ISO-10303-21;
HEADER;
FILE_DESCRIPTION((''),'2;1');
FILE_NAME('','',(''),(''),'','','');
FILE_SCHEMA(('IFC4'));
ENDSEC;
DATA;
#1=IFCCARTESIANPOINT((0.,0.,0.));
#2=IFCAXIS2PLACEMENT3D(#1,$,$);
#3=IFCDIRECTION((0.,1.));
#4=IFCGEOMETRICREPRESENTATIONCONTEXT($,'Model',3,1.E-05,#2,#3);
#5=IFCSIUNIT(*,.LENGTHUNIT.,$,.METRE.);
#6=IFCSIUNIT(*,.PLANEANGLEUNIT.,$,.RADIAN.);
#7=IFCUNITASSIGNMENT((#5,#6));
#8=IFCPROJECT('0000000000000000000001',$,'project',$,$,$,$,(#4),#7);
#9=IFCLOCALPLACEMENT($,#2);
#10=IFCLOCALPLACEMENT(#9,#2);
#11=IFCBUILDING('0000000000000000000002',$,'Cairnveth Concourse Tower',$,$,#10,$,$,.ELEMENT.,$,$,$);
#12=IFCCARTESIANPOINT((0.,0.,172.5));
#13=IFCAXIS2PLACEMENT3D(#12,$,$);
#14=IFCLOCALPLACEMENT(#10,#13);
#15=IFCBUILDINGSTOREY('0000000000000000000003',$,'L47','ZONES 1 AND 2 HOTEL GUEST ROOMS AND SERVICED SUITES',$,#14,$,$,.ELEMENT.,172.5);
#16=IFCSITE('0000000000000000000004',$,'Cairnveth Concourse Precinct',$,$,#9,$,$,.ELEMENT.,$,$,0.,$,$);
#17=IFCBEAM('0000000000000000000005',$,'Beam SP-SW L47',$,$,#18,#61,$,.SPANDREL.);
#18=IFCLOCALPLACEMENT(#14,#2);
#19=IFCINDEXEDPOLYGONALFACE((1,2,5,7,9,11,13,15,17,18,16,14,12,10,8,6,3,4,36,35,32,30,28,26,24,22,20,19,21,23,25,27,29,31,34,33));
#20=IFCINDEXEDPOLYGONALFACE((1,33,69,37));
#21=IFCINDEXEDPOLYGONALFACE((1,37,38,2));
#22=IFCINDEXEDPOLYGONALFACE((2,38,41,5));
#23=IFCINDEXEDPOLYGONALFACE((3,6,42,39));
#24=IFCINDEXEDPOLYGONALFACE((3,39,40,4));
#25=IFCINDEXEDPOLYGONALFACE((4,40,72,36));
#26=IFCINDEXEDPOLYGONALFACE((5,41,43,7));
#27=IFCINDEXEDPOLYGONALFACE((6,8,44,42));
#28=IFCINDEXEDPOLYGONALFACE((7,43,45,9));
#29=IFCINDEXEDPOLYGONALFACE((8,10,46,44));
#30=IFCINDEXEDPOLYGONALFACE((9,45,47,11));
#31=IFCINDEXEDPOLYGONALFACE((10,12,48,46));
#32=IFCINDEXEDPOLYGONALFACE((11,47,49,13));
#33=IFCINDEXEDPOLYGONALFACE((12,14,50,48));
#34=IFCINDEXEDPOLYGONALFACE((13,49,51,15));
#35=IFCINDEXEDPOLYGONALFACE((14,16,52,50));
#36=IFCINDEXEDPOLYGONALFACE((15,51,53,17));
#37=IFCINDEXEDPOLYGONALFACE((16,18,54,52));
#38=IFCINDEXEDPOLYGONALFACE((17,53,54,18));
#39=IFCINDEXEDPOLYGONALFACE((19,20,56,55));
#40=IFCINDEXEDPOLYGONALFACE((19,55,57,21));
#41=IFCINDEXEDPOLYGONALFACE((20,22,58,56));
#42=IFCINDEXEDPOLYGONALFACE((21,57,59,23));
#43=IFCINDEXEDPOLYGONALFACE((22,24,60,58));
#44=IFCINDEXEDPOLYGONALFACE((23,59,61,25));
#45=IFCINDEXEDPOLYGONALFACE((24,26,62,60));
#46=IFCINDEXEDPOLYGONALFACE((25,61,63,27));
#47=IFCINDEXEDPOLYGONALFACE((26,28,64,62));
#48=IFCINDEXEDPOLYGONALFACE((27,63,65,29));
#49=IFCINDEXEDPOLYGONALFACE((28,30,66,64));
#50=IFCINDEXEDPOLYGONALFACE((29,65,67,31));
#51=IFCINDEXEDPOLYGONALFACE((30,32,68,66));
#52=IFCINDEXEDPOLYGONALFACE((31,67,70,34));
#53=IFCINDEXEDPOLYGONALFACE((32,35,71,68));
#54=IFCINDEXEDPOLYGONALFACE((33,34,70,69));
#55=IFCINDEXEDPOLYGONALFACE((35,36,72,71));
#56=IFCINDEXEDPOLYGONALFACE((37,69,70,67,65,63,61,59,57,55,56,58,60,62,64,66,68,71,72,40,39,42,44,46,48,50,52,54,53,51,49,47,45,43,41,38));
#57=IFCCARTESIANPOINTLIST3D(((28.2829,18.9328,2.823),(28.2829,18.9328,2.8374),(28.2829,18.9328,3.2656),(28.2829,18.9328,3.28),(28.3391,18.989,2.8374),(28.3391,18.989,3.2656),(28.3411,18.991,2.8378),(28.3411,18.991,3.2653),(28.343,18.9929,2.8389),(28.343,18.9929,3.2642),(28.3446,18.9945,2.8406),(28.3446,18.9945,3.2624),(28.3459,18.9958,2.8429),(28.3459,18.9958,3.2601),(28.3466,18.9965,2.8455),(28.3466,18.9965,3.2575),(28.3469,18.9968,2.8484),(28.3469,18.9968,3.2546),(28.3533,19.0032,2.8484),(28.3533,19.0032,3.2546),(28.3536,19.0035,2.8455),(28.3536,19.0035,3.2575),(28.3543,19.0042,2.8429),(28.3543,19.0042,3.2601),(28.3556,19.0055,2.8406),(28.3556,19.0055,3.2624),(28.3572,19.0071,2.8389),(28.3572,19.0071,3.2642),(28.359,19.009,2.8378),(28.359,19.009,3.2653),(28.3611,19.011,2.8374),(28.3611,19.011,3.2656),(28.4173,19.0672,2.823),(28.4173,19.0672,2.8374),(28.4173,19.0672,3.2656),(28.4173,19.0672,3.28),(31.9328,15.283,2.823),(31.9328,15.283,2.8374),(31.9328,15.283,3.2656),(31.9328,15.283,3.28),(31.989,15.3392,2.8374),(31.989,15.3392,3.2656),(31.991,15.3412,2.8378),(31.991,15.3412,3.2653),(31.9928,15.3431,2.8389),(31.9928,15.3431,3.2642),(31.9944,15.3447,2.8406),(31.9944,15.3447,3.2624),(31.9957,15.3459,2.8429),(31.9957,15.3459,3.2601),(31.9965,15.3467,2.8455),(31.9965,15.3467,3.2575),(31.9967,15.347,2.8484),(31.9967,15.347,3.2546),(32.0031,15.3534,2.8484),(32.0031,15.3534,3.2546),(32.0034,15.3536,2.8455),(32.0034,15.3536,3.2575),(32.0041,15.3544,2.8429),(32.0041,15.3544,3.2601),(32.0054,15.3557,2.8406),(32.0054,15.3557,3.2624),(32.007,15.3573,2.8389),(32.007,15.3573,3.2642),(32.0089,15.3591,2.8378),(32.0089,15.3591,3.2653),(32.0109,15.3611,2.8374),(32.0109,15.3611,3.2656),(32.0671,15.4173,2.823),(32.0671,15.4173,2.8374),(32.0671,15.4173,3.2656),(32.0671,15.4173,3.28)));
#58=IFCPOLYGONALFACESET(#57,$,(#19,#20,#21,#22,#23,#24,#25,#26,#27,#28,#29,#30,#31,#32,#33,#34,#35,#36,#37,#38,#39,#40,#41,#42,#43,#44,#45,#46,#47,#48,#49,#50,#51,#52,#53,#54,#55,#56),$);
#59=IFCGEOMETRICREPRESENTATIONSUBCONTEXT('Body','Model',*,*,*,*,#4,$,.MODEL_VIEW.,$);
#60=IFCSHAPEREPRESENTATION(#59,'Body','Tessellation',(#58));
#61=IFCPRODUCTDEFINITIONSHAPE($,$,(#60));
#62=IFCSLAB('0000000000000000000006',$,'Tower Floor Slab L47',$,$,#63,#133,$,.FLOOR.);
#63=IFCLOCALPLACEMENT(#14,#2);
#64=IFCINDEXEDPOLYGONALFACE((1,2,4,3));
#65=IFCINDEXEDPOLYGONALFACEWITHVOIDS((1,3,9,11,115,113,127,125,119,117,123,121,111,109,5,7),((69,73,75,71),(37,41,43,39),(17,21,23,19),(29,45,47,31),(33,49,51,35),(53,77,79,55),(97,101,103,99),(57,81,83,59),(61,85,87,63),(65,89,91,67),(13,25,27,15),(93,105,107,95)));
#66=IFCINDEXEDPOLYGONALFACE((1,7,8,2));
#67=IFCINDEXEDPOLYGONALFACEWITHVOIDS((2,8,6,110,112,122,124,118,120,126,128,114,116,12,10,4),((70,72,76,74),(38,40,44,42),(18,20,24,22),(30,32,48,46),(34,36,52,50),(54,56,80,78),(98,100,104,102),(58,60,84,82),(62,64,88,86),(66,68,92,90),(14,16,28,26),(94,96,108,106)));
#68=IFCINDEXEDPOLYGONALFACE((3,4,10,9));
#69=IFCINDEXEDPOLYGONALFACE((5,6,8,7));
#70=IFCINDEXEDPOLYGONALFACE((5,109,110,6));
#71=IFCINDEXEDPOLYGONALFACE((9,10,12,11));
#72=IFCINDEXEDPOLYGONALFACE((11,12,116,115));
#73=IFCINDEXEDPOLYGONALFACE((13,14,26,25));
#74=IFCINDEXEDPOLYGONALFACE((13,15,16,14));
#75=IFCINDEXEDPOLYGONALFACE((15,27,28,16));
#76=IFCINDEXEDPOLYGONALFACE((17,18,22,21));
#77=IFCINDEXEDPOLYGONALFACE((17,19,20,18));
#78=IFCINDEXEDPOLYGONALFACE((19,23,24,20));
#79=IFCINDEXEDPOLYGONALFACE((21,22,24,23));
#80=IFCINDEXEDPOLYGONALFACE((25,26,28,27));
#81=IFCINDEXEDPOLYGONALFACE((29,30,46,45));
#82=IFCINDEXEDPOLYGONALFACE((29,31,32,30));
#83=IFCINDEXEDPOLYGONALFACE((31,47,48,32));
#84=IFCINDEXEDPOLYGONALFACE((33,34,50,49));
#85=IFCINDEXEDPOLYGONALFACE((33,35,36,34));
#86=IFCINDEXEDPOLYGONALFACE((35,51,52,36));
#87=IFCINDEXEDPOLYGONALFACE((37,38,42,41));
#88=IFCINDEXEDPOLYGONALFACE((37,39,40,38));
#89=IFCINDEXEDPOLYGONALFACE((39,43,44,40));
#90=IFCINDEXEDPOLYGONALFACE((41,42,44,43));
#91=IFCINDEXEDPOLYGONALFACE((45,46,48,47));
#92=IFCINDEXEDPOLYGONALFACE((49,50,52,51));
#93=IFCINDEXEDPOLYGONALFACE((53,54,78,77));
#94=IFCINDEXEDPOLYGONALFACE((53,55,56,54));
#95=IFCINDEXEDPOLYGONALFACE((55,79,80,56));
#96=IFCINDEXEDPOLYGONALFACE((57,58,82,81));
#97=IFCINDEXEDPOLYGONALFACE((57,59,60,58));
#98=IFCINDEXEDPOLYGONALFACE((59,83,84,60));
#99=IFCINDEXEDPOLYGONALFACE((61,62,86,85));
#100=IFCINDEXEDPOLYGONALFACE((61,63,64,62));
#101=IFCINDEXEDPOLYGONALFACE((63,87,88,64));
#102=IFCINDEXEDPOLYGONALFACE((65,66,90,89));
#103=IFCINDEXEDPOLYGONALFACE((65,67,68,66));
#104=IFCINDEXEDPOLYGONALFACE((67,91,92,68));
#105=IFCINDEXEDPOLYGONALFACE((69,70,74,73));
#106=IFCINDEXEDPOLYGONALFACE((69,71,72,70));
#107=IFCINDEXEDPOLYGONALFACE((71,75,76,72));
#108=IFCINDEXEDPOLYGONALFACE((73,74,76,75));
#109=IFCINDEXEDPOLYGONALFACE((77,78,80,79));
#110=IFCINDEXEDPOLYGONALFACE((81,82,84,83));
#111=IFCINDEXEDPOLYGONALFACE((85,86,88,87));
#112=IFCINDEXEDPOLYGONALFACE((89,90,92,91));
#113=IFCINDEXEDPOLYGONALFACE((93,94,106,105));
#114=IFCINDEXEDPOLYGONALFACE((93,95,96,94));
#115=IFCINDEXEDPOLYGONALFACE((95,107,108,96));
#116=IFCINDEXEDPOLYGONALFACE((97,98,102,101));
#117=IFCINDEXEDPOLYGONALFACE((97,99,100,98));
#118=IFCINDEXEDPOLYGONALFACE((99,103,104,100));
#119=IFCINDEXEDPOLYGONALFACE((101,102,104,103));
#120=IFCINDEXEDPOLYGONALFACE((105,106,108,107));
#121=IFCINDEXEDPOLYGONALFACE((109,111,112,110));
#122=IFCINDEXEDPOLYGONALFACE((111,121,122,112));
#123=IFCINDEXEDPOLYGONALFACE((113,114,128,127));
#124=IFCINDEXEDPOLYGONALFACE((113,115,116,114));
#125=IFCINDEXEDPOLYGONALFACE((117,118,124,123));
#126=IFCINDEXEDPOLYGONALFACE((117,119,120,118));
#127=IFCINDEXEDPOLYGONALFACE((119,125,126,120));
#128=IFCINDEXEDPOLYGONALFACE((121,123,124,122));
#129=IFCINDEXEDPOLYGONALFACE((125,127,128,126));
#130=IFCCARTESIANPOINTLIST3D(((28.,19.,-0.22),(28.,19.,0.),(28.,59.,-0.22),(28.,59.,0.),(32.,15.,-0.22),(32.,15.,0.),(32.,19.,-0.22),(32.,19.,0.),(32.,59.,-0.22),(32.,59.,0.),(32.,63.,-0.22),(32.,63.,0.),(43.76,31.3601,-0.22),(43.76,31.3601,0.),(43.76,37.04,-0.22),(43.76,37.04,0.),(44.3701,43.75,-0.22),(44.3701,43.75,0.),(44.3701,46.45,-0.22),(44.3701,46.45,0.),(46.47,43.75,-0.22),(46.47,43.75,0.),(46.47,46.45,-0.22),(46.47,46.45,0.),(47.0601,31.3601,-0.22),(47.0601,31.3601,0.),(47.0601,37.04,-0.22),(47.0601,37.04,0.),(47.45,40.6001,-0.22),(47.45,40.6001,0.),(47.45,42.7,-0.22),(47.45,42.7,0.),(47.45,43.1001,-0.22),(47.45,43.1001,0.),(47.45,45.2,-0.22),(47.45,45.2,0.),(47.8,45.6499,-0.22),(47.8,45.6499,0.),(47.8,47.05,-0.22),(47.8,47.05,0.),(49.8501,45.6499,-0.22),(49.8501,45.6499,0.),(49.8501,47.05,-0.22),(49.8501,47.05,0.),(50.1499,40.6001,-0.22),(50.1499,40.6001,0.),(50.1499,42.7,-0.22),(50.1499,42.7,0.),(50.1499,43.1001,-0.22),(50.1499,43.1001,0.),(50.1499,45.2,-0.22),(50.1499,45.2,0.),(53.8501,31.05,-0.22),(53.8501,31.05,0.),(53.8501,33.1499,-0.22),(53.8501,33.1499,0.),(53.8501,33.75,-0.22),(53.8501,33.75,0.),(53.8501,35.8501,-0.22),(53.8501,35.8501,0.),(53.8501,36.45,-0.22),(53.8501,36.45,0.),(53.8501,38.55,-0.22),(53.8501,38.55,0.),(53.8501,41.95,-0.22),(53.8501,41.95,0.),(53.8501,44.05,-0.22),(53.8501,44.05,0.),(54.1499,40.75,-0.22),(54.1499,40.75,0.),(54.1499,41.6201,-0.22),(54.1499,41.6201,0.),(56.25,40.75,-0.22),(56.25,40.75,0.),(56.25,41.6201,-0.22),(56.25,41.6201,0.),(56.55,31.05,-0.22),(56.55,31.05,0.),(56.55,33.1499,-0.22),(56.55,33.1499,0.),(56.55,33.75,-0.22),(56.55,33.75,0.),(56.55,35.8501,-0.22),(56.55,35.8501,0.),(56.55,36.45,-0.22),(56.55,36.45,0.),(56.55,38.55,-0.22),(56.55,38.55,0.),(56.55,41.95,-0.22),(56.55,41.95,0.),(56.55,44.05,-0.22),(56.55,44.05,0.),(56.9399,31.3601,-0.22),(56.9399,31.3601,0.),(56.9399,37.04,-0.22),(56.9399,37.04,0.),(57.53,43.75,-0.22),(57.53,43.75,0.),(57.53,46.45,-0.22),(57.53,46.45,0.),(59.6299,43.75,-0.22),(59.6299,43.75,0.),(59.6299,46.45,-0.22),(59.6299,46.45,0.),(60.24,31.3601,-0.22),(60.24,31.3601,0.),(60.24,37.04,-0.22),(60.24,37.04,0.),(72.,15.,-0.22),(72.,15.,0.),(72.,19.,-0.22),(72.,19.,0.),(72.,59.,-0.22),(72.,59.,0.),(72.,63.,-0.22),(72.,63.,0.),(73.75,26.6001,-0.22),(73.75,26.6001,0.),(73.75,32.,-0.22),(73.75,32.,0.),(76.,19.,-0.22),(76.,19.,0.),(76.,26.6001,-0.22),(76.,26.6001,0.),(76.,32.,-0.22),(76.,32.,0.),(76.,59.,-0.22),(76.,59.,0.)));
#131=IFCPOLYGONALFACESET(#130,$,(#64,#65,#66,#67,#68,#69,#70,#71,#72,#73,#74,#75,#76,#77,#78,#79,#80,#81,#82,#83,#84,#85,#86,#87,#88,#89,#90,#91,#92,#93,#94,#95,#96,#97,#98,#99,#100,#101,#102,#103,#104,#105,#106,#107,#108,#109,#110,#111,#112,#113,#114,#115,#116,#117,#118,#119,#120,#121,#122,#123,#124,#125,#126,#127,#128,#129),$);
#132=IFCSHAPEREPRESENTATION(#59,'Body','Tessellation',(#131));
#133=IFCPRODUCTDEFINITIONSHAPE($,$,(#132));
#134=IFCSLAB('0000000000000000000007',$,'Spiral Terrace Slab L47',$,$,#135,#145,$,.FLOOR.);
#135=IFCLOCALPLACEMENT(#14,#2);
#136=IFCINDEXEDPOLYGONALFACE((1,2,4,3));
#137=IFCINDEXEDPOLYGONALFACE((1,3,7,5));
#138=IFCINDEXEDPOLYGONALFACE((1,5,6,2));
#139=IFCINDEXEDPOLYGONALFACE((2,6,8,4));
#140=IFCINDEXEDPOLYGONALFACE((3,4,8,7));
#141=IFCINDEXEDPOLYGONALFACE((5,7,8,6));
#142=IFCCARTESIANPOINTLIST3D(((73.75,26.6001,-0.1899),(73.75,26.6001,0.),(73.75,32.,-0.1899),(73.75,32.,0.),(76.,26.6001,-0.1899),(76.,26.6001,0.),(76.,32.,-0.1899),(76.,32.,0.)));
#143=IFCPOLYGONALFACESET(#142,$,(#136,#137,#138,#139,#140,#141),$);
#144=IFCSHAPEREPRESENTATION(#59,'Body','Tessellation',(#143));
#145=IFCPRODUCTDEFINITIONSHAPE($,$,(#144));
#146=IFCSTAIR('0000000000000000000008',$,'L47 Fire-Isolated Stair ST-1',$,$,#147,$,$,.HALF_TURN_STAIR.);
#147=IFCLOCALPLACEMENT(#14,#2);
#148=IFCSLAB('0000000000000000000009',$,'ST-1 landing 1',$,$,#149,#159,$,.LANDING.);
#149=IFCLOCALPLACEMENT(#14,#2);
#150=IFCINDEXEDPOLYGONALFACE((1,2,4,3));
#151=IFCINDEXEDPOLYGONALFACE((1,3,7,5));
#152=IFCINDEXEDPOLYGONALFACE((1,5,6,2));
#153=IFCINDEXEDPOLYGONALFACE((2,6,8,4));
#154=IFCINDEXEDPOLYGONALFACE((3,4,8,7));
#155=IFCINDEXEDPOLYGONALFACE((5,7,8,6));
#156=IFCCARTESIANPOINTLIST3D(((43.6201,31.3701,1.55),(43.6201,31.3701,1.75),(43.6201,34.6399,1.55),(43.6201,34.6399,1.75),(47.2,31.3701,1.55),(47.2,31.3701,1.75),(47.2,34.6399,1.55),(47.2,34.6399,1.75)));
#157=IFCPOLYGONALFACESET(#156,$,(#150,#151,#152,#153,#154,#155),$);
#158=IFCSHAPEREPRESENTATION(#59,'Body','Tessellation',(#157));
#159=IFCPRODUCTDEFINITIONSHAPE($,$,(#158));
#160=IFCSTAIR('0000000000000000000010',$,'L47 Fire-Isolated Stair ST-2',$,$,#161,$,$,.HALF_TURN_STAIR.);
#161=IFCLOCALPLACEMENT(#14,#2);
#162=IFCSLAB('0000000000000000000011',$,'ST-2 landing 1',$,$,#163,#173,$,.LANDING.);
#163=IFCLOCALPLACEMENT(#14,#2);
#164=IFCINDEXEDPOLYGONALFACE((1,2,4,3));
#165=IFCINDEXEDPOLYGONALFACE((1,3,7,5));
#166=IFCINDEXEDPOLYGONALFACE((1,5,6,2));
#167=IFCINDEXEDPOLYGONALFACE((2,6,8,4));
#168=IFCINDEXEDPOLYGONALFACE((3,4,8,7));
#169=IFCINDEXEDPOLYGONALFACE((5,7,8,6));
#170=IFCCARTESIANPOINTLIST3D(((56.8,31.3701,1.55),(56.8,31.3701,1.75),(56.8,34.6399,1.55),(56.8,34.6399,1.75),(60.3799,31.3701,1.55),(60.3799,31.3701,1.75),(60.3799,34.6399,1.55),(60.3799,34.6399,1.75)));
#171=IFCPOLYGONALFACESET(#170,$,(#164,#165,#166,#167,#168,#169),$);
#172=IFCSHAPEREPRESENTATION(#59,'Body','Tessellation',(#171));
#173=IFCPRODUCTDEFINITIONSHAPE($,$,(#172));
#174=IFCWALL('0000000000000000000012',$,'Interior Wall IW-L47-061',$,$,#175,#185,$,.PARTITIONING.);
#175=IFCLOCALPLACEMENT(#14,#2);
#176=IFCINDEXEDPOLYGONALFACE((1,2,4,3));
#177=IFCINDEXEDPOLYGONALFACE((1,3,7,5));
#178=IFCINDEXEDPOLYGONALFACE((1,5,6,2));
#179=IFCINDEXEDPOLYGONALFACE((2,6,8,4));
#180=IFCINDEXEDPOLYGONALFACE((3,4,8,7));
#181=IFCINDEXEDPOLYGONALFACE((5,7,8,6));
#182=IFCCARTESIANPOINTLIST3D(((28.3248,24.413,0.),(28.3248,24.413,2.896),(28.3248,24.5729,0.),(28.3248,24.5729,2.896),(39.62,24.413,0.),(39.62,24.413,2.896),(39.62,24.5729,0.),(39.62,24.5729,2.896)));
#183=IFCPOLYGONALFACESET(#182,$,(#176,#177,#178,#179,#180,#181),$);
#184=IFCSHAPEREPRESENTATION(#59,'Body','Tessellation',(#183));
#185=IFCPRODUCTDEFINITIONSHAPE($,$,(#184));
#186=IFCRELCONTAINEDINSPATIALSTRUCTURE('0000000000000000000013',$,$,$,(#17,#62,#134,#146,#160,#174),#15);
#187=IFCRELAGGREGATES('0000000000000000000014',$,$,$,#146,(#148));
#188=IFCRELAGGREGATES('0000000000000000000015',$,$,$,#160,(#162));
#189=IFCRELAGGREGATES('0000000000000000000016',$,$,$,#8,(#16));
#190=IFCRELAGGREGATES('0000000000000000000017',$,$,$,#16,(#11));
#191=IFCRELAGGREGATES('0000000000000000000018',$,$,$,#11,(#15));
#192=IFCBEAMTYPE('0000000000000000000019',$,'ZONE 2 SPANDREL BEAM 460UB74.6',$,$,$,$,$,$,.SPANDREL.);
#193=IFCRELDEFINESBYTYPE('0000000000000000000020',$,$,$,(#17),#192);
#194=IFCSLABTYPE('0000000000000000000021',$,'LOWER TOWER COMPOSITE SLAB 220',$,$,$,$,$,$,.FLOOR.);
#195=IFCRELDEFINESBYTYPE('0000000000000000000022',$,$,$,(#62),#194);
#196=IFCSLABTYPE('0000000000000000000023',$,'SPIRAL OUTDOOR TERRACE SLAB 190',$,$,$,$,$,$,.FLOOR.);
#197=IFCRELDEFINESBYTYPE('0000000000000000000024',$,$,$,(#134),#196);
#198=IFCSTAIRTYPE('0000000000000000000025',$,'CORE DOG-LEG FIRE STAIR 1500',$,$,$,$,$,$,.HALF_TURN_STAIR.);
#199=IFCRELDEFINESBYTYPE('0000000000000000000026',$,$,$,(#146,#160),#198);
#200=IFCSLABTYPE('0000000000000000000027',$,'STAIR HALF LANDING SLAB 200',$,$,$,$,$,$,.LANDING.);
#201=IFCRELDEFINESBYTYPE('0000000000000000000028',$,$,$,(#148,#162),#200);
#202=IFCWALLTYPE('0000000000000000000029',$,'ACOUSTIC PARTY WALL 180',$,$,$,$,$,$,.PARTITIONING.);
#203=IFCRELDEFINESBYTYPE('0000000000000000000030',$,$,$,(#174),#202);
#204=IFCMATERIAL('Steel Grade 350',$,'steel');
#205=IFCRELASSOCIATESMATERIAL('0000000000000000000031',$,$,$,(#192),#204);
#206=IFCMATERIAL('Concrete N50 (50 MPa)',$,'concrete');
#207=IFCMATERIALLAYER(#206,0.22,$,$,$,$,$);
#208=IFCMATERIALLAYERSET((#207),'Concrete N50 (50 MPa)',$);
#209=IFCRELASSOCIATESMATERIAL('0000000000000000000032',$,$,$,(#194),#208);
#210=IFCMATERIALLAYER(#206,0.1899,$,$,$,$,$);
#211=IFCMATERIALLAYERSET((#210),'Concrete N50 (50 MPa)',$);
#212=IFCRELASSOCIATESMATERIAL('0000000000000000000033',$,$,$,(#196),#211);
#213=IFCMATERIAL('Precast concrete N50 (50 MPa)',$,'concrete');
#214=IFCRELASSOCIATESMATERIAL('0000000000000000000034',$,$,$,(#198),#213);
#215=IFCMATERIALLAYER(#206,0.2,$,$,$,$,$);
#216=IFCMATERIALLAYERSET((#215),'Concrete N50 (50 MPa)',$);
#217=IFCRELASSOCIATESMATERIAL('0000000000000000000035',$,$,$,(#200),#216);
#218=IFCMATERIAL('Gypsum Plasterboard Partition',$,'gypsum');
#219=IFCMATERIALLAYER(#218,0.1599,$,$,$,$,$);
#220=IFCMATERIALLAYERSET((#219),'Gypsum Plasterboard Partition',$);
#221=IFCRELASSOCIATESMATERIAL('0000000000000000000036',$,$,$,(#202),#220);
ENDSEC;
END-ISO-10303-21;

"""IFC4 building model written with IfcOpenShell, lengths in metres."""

from ifc_helpers import new_model, si_unit, direction, frame, frame_2d, origin, origin_2d, place, context, subcontext, project, spatial, polyline, rectangle, i_section, outline, extrude, material, layer, layer_set, material_profile, profile_set, type_object, element, aggregate, save


model = new_model("IFC4")

# Units and contexts
model_context = context("Model", 3, precision=1e-05, world=origin(), true_north=direction((0.0, 1.0)))
body_context = subcontext(model_context, "Body", "Model", "MODEL_VIEW")
ifc_project = project(units=[si_unit("LENGTHUNIT", "METRE"), si_unit("PLANEANGLEUNIT", "RADIAN")], contexts=[model_context])

# Site, building, storey
site_placement = place(None, origin())
site = spatial("IfcSite", under=ifc_project, at=site_placement, Name="Cairnveth Concourse Precinct", CompositionType="ELEMENT", RefElevation=0.0)
building_placement = place(site_placement, origin())
building = spatial("IfcBuilding", under=site, at=building_placement, Name="Cairnveth Concourse Tower", CompositionType="ELEMENT")
storey_placement = place(building_placement, frame((0.0, 0.0, 172.5)))
storey = spatial("IfcBuildingStorey", under=building, at=storey_placement, Name="L47", Description="ZONES 1 AND 2 HOTEL GUEST ROOMS AND SERVICED SUITES", CompositionType="ELEMENT", Elevation=172.5)

# Shared definitions
ifc_material_1 = material(Name="Steel Grade 350", Category="steel")

# Beam
ifc_material_profile_1 = material_profile(ifc_material_1, i_section(OverallWidth=0.1899, OverallDepth=0.457, WebThickness=0.009, FlangeThickness=0.0144, FilletRadius=0.011, at=origin_2d()), Name="460UB74.6")
ifc_profile_set_1 = profile_set([ifc_material_profile_1], Name="Steel Grade 350")
beam_type_1 = type_object("IfcBeamType", Name="ZONE 2 SPANDREL BEAM 460UB74.6", PredefinedType="SPANDREL", material=ifc_profile_set_1)
beam_1_placement = place(storey_placement, frame((28.3501, 19.0, 3.0515), z_axis=(0.707107, -0.707107, 0.0), x_axis=(0.707107, 0.707107, 0.0)))
element("IfcBeam", 1, at=beam_1_placement, inside=storey, type_object=beam_type_1, Name="Beam SP-SW L47", PredefinedType="SPANDREL", context=body_context, shape_type="SweptSolid", body=[
    extrude(i_section(OverallWidth=0.1899, OverallDepth=0.457, WebThickness=0.009, FlangeThickness=0.0144, FilletRadius=0.011, at=origin_2d()), origin(), (0.0, 0.0, 1.0), 5.1616),
])

# Slabs
ifc_material_2 = material(Name="Concrete N50 (50 MPa)", Category="concrete")
ifc_layer_1 = layer(ifc_material_2, 0.22)
ifc_layer_set_1 = layer_set([ifc_layer_1], Name="Concrete N50 (50 MPa)")
slab_type_1 = type_object("IfcSlabType", Name="LOWER TOWER COMPOSITE SLAB 220", PredefinedType="FLOOR", material=ifc_layer_set_1)
slab_1_placement = place(storey_placement, frame((0.0, 0.0, -0.22)))
element("IfcSlab", 2, at=slab_1_placement, inside=storey, type_object=slab_type_1, Name="Tower Floor Slab L47", PredefinedType="FLOOR", context=body_context, shape_type="SweptSolid", body=[
    extrude(outline(polyline([(76.0, 26.6001), (73.75, 26.6001), (73.75, 32.0), (76.0, 32.0), (76.0, 59.0), (72.0, 59.0), (72.0, 63.0), (32.0, 63.0), (32.0, 59.0), (28.0, 59.0), (28.0, 19.0), (32.0, 19.0), (32.0, 15.0), (72.0, 15.0), (72.0, 19.0), (76.0, 19.0), (76.0, 26.6001)]), holes=[polyline([(43.76, 31.3601), (47.0601, 31.3601), (47.0601, 37.04), (43.76, 37.04), (43.76, 31.3601)]), polyline([(56.9399, 31.3601), (60.24, 31.3601), (60.24, 37.04), (56.9399, 37.04), (56.9399, 31.3601)]), polyline([(44.3701, 43.75), (46.47, 43.75), (46.47, 46.45), (44.3701, 46.45), (44.3701, 43.75)]), polyline([(57.53, 43.75), (59.6299, 43.75), (59.6299, 46.45), (57.53, 46.45), (57.53, 43.75)]), polyline([(53.8501, 31.05), (56.55, 31.05), (56.55, 33.1499), (53.8501, 33.1499), (53.8501, 31.05)]), polyline([(53.8501, 33.75), (56.55, 33.75), (56.55, 35.8501), (53.8501, 35.8501), (53.8501, 33.75)]), polyline([(53.8501, 36.45), (56.55, 36.45), (56.55, 38.55), (53.8501, 38.55), (53.8501, 36.45)]), polyline([(47.45, 40.6001), (50.1499, 40.6001), (50.1499, 42.7), (47.45, 42.7), (47.45, 40.6001)]), polyline([(47.45, 43.1001), (50.1499, 43.1001), (50.1499, 45.2), (47.45, 45.2), (47.45, 43.1001)]), polyline([(53.8501, 41.95), (56.55, 41.95), (56.55, 44.05), (53.8501, 44.05), (53.8501, 41.95)]), polyline([(47.8, 45.6499), (49.8501, 45.6499), (49.8501, 47.05), (47.8, 47.05), (47.8, 45.6499)]), polyline([(54.1499, 40.75), (56.25, 40.75), (56.25, 41.6201), (54.1499, 41.6201), (54.1499, 40.75)])]), origin(), (0.0, 0.0, 1.0), 0.22),
])
ifc_layer_2 = layer(ifc_material_2, 0.1899)
ifc_layer_set_2 = layer_set([ifc_layer_2], Name="Concrete N50 (50 MPa)")
slab_type_2 = type_object("IfcSlabType", Name="SPIRAL OUTDOOR TERRACE SLAB 190", PredefinedType="FLOOR", material=ifc_layer_set_2)
slab_2_placement = place(storey_placement, frame((0.0, 0.0, -0.1899)))
element("IfcSlab", 3, at=slab_2_placement, inside=storey, type_object=slab_type_2, Name="Spiral Terrace Slab L47", PredefinedType="FLOOR", context=body_context, shape_type="SweptSolid", body=[
    extrude(outline(polyline([(73.75, 26.6001), (76.0, 26.6001), (76.0, 32.0), (73.75, 32.0), (73.75, 26.6001)])), origin(), (0.0, 0.0, 1.0), 0.1899),
])

# Stairs, slabs
ifc_material_3 = material(Name="Precast concrete N50 (50 MPa)", Category="concrete")
stair_type = type_object("IfcStairType", Name="CORE DOG-LEG FIRE STAIR 1500", PredefinedType="HALF_TURN_STAIR", material=ifc_material_3)
stair_1_placement = place(storey_placement, origin())
stair_1 = element("IfcStair", 4, at=stair_1_placement, inside=storey, type_object=stair_type, Name="L47 Fire-Isolated Stair ST-1", PredefinedType="HALF_TURN_STAIR")
ifc_layer_3 = layer(ifc_material_2, 0.2)
ifc_layer_set_3 = layer_set([ifc_layer_3], Name="Concrete N50 (50 MPa)")
slab_type_3 = type_object("IfcSlabType", Name="STAIR HALF LANDING SLAB 200", PredefinedType="LANDING", material=ifc_layer_set_3)
slab_3_placement = place(storey_placement, frame((0.0, 0.0, 1.55)))
slab_3 = element("IfcSlab", 5, at=slab_3_placement, type_object=slab_type_3, Name="ST-1 landing 1", PredefinedType="LANDING", context=body_context, shape_type="SweptSolid", body=[
    extrude(outline(polyline([(43.6201, 34.6399), (43.6201, 31.3701), (47.2, 31.3701), (47.2, 34.6399), (43.6201, 34.6399)])), origin(), (0.0, 0.0, 1.0), 0.2),
])
aggregate(stair_1, [slab_3])
stair_2_placement = place(storey_placement, origin())
stair_2 = element("IfcStair", 6, at=stair_2_placement, inside=storey, type_object=stair_type, Name="L47 Fire-Isolated Stair ST-2", PredefinedType="HALF_TURN_STAIR")
slab_4_placement = place(storey_placement, frame((0.0, 0.0, 1.55)))
slab_4 = element("IfcSlab", 7, at=slab_4_placement, type_object=slab_type_3, Name="ST-2 landing 1", PredefinedType="LANDING", context=body_context, shape_type="SweptSolid", body=[
    extrude(outline(polyline([(56.8, 34.6399), (56.8, 31.3701), (60.3799, 31.3701), (60.3799, 34.6399), (56.8, 34.6399)])), origin(), (0.0, 0.0, 1.0), 0.2),
])
aggregate(stair_2, [slab_4])

# Wall
ifc_material_4 = material(Name="Gypsum Plasterboard Partition", Category="gypsum")
ifc_layer_4 = layer(ifc_material_4, 0.1599)
ifc_layer_set_4 = layer_set([ifc_layer_4], Name="Gypsum Plasterboard Partition")
wall_type_1 = type_object("IfcWallType", Name="ACOUSTIC PARTY WALL 180", PredefinedType="PARTITIONING", material=ifc_layer_set_4)
for number, where, z_axis, x_axis, name in (
    (8, (28.325, 24.4929, 0.0), (0.0, 0.0, 1.0), (1.0, 0.0, 0.0), "Interior Wall IW-L47-061"),
):
    element("IfcWall", number, at=place(storey_placement, frame(where, z_axis=z_axis, x_axis=x_axis)), inside=storey, type_object=wall_type_1, Name=name, PredefinedType="PARTITIONING", context=body_context, shape_type="SweptSolid", body=[
        extrude(rectangle(XDim=11.2952, YDim=0.1599, at=frame_2d((5.6475, 0.0))), origin(), (0.0, 0.0, 1.0), 2.896),
    ])

save(model, "model.ifc")
